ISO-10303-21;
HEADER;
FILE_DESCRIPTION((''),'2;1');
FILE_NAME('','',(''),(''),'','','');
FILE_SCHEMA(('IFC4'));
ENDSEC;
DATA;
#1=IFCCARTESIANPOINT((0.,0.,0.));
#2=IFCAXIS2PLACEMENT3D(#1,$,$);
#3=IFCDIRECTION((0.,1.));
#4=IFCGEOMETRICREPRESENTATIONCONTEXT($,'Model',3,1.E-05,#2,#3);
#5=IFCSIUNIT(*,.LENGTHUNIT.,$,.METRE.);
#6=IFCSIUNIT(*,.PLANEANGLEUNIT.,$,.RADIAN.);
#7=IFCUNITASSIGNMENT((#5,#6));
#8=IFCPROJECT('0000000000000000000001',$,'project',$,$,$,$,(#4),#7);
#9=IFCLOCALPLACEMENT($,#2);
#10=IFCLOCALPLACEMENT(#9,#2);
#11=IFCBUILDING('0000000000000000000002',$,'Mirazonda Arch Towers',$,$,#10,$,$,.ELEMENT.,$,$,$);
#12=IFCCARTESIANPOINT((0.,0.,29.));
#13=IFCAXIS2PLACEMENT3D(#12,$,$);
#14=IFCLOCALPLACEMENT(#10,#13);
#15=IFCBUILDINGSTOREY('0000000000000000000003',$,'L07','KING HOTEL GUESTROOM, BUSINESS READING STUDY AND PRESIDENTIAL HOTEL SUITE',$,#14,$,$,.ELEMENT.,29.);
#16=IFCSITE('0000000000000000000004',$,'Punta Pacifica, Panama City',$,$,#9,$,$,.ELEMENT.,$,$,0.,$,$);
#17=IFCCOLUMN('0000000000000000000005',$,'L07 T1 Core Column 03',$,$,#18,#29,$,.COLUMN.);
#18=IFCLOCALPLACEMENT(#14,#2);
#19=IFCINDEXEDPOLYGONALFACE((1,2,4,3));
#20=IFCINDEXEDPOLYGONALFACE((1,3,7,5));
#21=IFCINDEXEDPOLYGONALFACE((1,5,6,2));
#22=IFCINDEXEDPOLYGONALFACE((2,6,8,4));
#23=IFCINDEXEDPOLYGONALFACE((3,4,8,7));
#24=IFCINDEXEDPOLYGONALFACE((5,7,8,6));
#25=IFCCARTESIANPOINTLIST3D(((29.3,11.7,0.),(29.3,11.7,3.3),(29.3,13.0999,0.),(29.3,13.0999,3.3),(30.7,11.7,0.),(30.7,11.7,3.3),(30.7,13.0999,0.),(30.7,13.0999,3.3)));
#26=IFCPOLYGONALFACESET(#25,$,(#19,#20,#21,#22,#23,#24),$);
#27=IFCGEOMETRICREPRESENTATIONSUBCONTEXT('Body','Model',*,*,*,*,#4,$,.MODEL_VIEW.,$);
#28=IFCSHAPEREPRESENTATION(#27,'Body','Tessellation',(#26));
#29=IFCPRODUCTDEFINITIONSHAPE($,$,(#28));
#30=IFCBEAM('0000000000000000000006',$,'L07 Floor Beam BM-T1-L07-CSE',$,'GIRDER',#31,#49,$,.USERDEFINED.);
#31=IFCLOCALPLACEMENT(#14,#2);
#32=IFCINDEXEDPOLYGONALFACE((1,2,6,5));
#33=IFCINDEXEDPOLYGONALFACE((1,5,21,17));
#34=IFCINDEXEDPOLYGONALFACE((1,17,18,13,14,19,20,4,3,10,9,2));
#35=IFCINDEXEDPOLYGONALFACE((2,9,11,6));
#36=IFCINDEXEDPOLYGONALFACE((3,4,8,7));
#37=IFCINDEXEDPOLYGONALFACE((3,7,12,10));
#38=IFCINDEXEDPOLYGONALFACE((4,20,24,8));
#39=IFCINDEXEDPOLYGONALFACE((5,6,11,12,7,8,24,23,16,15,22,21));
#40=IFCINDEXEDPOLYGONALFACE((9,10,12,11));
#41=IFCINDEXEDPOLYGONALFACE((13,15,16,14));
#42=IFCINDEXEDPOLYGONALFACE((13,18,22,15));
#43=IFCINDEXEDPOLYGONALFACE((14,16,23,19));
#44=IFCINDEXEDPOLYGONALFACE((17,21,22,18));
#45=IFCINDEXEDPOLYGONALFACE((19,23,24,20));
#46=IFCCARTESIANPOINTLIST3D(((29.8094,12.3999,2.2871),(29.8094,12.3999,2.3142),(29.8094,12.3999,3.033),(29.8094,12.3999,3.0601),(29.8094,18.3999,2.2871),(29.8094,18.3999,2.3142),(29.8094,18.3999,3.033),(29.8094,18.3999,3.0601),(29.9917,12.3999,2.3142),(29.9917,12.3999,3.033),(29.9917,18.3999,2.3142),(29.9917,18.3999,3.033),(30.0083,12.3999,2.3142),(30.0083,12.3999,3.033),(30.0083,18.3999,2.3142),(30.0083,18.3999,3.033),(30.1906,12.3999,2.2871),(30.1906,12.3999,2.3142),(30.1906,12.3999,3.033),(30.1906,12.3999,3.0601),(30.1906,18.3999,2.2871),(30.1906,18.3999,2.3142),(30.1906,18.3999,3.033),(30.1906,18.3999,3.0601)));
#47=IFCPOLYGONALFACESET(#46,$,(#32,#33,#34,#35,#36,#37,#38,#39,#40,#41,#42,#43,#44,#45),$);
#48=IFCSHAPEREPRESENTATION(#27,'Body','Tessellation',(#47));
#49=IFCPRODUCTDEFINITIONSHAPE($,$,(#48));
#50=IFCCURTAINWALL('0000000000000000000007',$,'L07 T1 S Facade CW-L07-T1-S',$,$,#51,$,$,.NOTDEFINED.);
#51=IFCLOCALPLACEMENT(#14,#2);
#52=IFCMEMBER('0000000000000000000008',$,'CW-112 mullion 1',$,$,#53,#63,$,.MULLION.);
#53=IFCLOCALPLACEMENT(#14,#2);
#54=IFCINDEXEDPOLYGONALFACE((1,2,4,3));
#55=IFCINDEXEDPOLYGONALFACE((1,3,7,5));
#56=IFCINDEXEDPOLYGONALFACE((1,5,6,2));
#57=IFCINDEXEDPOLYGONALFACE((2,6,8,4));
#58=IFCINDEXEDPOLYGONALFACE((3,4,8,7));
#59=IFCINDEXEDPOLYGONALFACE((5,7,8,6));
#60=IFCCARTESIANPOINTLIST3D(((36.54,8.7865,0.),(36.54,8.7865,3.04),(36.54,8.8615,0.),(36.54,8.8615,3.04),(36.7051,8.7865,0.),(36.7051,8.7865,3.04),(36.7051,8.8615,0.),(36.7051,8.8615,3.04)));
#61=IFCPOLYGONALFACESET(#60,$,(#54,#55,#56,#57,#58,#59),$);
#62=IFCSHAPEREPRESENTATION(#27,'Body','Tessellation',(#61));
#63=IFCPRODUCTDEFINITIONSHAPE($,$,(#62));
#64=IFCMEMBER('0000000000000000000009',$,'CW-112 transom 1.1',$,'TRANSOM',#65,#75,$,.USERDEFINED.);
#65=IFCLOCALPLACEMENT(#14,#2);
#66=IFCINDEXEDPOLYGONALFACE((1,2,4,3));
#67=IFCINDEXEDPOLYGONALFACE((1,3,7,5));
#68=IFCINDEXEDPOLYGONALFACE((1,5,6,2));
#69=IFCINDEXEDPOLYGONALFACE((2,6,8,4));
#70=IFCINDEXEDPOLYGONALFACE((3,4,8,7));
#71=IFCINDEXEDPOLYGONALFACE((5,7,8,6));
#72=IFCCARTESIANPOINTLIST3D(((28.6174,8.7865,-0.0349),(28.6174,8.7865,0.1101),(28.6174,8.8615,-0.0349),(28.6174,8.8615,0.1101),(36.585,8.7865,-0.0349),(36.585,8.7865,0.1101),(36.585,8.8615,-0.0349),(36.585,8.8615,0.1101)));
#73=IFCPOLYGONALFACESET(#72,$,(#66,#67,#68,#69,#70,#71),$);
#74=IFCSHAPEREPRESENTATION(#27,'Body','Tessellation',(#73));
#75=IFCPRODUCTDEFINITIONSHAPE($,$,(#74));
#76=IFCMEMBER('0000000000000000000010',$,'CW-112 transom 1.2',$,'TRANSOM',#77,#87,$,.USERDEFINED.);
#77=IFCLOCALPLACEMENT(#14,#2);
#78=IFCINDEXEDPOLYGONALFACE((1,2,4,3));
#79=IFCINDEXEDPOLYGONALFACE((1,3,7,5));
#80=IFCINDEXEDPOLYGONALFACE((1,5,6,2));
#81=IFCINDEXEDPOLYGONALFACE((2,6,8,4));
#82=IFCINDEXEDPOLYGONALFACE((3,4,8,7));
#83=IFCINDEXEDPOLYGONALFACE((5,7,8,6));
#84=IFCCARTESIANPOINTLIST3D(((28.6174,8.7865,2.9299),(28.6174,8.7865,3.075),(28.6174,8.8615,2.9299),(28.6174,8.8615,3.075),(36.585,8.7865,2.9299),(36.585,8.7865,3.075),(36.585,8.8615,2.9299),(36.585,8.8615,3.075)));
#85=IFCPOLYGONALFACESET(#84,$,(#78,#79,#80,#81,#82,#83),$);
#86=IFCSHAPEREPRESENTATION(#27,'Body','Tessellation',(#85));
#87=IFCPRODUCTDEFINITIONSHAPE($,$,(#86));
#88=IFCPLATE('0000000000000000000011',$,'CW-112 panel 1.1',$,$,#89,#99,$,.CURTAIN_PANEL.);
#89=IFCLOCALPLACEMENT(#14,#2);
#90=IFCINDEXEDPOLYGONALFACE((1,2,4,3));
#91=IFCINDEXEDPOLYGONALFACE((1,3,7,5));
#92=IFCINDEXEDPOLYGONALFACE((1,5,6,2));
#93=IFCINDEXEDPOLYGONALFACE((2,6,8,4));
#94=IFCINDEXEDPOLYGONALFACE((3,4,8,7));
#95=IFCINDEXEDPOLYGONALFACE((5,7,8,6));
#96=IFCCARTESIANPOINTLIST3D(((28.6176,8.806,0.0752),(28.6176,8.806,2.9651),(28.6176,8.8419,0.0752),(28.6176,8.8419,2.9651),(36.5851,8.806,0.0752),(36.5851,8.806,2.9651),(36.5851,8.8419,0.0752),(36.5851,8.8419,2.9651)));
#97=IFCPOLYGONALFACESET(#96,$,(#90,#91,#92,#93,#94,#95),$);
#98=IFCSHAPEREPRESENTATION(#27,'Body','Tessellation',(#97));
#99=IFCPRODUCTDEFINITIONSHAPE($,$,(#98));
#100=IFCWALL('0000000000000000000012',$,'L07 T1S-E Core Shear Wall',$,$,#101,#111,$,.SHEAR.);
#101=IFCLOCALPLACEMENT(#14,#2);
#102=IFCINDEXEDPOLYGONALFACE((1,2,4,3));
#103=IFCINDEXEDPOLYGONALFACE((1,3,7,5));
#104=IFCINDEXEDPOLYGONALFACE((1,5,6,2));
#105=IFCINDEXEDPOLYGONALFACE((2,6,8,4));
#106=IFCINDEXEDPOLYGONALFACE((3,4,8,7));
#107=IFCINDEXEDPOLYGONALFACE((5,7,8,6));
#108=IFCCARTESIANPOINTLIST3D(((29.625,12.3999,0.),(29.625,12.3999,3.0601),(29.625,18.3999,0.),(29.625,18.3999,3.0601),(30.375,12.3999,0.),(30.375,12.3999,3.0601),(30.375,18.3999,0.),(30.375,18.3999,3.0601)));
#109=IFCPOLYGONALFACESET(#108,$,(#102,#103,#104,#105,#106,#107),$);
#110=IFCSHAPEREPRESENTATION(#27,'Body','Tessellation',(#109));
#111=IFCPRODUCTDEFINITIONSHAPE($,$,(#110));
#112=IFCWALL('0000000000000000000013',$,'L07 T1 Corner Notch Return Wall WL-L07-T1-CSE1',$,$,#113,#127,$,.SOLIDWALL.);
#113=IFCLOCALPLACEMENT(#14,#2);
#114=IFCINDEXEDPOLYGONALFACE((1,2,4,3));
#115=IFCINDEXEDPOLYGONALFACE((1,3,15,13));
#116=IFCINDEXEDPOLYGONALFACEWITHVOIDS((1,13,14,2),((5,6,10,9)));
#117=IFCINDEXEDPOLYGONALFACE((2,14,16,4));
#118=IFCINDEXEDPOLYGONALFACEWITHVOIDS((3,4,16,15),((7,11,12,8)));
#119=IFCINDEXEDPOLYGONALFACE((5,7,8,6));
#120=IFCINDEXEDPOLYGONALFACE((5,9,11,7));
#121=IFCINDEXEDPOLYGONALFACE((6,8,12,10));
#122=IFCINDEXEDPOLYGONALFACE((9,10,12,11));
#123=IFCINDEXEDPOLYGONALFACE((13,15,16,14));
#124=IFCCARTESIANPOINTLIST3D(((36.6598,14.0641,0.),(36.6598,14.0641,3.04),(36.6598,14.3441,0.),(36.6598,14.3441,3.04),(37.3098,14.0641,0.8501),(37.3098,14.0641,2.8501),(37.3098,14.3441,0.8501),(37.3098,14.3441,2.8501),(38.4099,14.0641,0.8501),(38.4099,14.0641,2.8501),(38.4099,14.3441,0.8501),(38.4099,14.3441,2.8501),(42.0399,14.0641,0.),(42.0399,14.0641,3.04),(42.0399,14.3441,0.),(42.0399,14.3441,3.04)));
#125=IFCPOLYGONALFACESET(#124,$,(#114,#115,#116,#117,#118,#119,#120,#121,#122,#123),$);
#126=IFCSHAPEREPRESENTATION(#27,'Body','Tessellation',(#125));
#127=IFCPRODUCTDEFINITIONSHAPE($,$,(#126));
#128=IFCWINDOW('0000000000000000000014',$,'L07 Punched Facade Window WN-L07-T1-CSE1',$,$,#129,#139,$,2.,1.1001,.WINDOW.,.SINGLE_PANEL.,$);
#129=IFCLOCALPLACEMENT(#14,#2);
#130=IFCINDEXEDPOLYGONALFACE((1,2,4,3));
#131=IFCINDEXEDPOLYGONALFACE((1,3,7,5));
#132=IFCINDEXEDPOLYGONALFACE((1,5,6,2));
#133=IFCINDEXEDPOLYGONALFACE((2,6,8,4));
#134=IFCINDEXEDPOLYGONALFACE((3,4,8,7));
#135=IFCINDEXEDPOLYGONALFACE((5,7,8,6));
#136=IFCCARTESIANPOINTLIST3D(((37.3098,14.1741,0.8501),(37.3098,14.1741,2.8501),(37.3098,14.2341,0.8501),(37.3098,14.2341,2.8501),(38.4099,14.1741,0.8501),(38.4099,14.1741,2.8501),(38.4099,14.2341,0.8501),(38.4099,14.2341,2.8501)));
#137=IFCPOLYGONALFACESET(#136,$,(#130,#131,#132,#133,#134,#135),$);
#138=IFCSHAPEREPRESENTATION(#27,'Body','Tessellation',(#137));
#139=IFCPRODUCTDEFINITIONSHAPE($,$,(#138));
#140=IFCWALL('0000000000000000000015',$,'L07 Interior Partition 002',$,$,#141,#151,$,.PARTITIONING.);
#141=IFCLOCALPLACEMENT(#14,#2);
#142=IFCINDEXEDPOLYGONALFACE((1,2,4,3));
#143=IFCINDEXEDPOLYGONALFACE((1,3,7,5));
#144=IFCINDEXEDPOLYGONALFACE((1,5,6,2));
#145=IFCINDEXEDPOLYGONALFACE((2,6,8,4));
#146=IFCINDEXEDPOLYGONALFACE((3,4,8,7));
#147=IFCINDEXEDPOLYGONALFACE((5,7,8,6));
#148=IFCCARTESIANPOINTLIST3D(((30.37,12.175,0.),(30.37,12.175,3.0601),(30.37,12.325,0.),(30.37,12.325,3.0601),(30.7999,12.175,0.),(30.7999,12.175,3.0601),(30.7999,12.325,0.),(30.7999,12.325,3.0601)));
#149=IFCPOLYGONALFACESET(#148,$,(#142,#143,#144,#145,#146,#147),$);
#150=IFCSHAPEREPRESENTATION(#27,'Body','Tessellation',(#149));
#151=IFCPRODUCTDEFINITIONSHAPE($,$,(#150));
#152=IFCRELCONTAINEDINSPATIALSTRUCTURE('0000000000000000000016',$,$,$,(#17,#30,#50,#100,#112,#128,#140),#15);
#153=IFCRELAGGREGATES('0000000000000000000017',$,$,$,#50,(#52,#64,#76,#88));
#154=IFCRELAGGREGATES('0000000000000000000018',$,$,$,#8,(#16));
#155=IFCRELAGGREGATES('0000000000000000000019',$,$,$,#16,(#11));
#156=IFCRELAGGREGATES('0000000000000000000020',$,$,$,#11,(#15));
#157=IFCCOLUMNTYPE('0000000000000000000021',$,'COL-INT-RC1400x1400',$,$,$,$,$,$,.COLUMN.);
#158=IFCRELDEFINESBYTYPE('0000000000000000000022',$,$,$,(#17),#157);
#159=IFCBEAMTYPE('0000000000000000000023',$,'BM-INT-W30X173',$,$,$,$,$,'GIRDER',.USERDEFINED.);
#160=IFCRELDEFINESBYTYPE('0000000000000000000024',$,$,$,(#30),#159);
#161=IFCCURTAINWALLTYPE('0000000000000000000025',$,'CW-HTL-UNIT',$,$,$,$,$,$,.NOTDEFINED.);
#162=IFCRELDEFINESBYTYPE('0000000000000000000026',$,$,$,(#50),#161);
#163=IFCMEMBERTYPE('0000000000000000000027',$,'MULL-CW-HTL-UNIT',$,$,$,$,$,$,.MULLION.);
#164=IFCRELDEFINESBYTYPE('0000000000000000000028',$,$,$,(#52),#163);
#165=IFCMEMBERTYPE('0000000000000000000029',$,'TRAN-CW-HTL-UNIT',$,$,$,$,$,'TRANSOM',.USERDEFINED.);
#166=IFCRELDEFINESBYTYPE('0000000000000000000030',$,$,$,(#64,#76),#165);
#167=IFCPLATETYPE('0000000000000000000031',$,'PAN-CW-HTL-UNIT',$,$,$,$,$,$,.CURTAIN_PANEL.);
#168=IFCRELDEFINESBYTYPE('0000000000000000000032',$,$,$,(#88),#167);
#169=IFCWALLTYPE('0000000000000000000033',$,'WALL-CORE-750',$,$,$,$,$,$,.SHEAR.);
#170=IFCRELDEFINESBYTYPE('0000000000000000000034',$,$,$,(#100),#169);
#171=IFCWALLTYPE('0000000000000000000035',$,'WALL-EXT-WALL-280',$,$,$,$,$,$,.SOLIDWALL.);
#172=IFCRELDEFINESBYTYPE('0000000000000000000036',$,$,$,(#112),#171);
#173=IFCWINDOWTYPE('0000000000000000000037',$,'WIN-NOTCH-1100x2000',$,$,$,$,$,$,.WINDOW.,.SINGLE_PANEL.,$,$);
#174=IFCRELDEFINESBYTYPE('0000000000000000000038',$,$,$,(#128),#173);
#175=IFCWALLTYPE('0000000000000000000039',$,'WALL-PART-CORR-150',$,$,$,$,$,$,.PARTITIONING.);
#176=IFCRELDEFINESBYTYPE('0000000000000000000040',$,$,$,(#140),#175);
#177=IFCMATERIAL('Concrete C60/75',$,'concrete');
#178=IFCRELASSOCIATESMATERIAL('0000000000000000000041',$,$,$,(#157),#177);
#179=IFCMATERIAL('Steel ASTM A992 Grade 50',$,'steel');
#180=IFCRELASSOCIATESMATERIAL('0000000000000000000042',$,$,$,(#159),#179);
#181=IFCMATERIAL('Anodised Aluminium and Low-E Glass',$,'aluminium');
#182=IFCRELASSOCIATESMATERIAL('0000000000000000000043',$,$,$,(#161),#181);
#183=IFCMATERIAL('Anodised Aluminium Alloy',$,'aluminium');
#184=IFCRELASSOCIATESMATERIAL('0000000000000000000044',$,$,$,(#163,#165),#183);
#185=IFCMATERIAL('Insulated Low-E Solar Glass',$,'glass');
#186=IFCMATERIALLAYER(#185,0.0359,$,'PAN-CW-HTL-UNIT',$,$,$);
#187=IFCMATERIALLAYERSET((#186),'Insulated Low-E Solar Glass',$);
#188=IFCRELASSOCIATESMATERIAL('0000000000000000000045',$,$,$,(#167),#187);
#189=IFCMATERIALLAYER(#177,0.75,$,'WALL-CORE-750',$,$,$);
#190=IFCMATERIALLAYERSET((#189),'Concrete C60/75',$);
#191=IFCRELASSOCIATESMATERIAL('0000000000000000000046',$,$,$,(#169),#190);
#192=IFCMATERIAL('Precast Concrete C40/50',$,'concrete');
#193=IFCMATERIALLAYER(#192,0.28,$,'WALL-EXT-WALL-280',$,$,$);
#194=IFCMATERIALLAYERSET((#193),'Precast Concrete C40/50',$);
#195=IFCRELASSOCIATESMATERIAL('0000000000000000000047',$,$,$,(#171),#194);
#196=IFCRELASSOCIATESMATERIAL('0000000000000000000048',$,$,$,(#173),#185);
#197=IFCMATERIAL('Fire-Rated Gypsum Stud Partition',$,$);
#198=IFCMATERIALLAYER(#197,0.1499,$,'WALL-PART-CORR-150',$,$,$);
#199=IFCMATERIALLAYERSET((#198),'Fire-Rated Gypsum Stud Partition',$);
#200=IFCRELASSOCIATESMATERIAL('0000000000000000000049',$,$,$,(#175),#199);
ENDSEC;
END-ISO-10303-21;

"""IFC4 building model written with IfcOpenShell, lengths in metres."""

from ifc_helpers import new_model, si_unit, direction, frame, frame_2d, origin, origin_2d, place, context, subcontext, project, spatial, rectangle, i_section, extrude, material, layer, layer_set, material_profile, profile_set, type_object, element, fill, aggregate, save


model = new_model("IFC4")

# Units and contexts
model_context = context("Model", 3, precision=1e-05, world=origin(), true_north=direction((0.0, 1.0)))
body_context = subcontext(model_context, "Body", "Model", "MODEL_VIEW")
ifc_project = project(units=[si_unit("LENGTHUNIT", "METRE"), si_unit("PLANEANGLEUNIT", "RADIAN")], contexts=[model_context])

# Site, building, storey
site_placement = place(None, origin())
site = spatial("IfcSite", under=ifc_project, at=site_placement, Name="Punta Pacifica, Panama City", CompositionType="ELEMENT", RefElevation=0.0)
building_placement = place(site_placement, origin())
building = spatial("IfcBuilding", under=site, at=building_placement, Name="Mirazonda Arch Towers", CompositionType="ELEMENT")
storey_placement = place(building_placement, frame((0.0, 0.0, 29.0)))
storey = spatial("IfcBuildingStorey", under=building, at=storey_placement, Name="L07", Description="KING HOTEL GUESTROOM, BUSINESS READING STUDY AND PRESIDENTIAL HOTEL SUITE", CompositionType="ELEMENT", Elevation=29.0)

# Column
ifc_material_1 = material(Name="Concrete C60/75", Category="concrete")
ifc_material_profile_1 = material_profile(ifc_material_1, rectangle(XDim=1.3999, YDim=1.3999, at=origin_2d()), Name="RC1400x1400")
ifc_profile_set_1 = profile_set([ifc_material_profile_1], Name="Concrete C60/75")
column_type = type_object("IfcColumnType", Name="COL-INT-RC1400x1400", PredefinedType="COLUMN", material=ifc_profile_set_1)
column_placement = place(storey_placement, frame((30.0, 12.3999, 0.0), z_axis=(0.0, 0.0, 1.0), x_axis=(1.0, 0.0, 0.0)))
element("IfcColumn", 1, at=column_placement, inside=storey, type_object=column_type, Name="L07 T1 Core Column 03", PredefinedType="COLUMN", context=body_context, shape_type="SweptSolid", body=[
    extrude(rectangle(XDim=1.3999, YDim=1.3999, at=origin_2d()), origin(), (0.0, 0.0, 1.0), 3.3),
])

# Beam
ifc_material_2 = material(Name="Steel ASTM A992 Grade 50", Category="steel")
ifc_material_profile_2 = material_profile(ifc_material_2, i_section(OverallWidth=0.3811, OverallDepth=0.7729, WebThickness=0.0166, FlangeThickness=0.0271, at=origin_2d()), Name="W30X173")
ifc_profile_set_2 = profile_set([ifc_material_profile_2], Name="Steel ASTM A992 Grade 50")
beam_type = type_object("IfcBeamType", Name="BM-INT-W30X173", ElementType="GIRDER", PredefinedType="USERDEFINED", material=ifc_profile_set_2)
beam_placement = place(storey_placement, frame((30.0, 12.3999, 2.6736), z_axis=(0.0, 1.0, 0.0), x_axis=(-1.0, 0.0, 0.0)))
element("IfcBeam", 2, at=beam_placement, inside=storey, type_object=beam_type, Name="L07 Floor Beam BM-T1-L07-CSE", ObjectType="GIRDER", PredefinedType="USERDEFINED", context=body_context, shape_type="SweptSolid", body=[
    extrude(i_section(OverallWidth=0.3811, OverallDepth=0.7729, WebThickness=0.0166, FlangeThickness=0.0271, at=origin_2d()), origin(), (0.0, 0.0, 1.0), 6.0),
])

# Curtain wall, members, plate
ifc_material_3 = material(Name="Anodised Aluminium and Low-E Glass", Category="aluminium")
curtain_wall_type = type_object("IfcCurtainWallType", Name="CW-HTL-UNIT", PredefinedType="NOTDEFINED", material=ifc_material_3)
curtain_wall_placement = place(storey_placement, origin())
curtain_wall = element("IfcCurtainWall", 3, at=curtain_wall_placement, inside=storey, type_object=curtain_wall_type, Name="L07 T1 S Facade CW-L07-T1-S", PredefinedType="NOTDEFINED")
ifc_material_4 = material(Name="Anodised Aluminium Alloy", Category="aluminium")
ifc_material_profile_3 = material_profile(ifc_material_4, rectangle(XDim=0.075, YDim=0.165, at=origin_2d()), Name="ALU-MULL-75x165")
ifc_profile_set_3 = profile_set([ifc_material_profile_3], Name="Anodised Aluminium Alloy")
member_type_1 = type_object("IfcMemberType", Name="MULL-CW-HTL-UNIT", PredefinedType="MULLION", material=ifc_profile_set_3)
member_1_placement = place(storey_placement, frame((36.6226, 8.824, 0.0), z_axis=(0.0, 0.0, 1.0), x_axis=(0.0, -1.0, 0.0)))
member_1 = element("IfcMember", 4, at=member_1_placement, type_object=member_type_1, Name="CW-112 mullion 1", PredefinedType="MULLION", context=body_context, shape_type="SweptSolid", body=[
    extrude(rectangle(XDim=0.075, YDim=0.165, at=origin_2d()), origin(), (0.0, 0.0, 1.0), 3.04),
])
ifc_material_profile_4 = material_profile(ifc_material_4, rectangle(XDim=0.075, YDim=0.145, at=origin_2d()), Name="ALU-TRAN-75x145")
ifc_profile_set_4 = profile_set([ifc_material_profile_4], Name="Anodised Aluminium Alloy")
member_type_2 = type_object("IfcMemberType", Name="TRAN-CW-HTL-UNIT", ElementType="TRANSOM", PredefinedType="USERDEFINED", material=ifc_profile_set_4)
member_2_placement = place(storey_placement, frame((36.585, 8.824, 0.0376), z_axis=(-1.0, 0.0, 0.0), x_axis=(0.0, -1.0, 0.0)))
member_2 = element("IfcMember", 5, at=member_2_placement, type_object=member_type_2, Name="CW-112 transom 1.1", ObjectType="TRANSOM", PredefinedType="USERDEFINED", context=body_context, shape_type="SweptSolid", body=[
    extrude(rectangle(XDim=0.075, YDim=0.145, at=origin_2d()), origin(), (0.0, 0.0, 1.0), 7.9675),
])
member_3_placement = place(storey_placement, frame((36.585, 8.824, 3.0024), z_axis=(-1.0, 0.0, 0.0), x_axis=(0.0, -1.0, 0.0)))
member_3 = element("IfcMember", 6, at=member_3_placement, type_object=member_type_2, Name="CW-112 transom 1.2", ObjectType="TRANSOM", PredefinedType="USERDEFINED", context=body_context, shape_type="SweptSolid", body=[
    extrude(rectangle(XDim=0.075, YDim=0.145, at=origin_2d()), origin(), (0.0, 0.0, 1.0), 7.9675),
])
ifc_material_5 = material(Name="Insulated Low-E Solar Glass", Category="glass")
ifc_layer_1 = layer(ifc_material_5, 0.0359, Name="PAN-CW-HTL-UNIT")
ifc_layer_set_1 = layer_set([ifc_layer_1], Name="Insulated Low-E Solar Glass")
plate_type = type_object("IfcPlateType", Name="PAN-CW-HTL-UNIT", PredefinedType="CURTAIN_PANEL", material=ifc_layer_set_1)
plate_placement = place(storey_placement, frame((32.6013, 8.824, 0.0752), z_axis=(0.0, 0.0, 1.0), x_axis=(-1.0, 0.0, 0.0)))
plate = element("IfcPlate", 7, at=plate_placement, type_object=plate_type, Name="CW-112 panel 1.1", PredefinedType="CURTAIN_PANEL", context=body_context, shape_type="SweptSolid", body=[
    extrude(rectangle(XDim=7.9675, YDim=0.0359, at=origin_2d()), origin(), (0.0, 0.0, 1.0), 2.8899),
])
aggregate(curtain_wall, [member_1, member_2, member_3, plate])

# Wall
ifc_layer_2 = layer(ifc_material_1, 0.75, Name="WALL-CORE-750")
ifc_layer_set_2 = layer_set([ifc_layer_2], Name="Concrete C60/75")
wall_type_1 = type_object("IfcWallType", Name="WALL-CORE-750", PredefinedType="SHEAR", material=ifc_layer_set_2)
wall_1_placement = place(storey_placement, frame((30.0, 12.3999, 0.0), z_axis=(0.0, 0.0, 1.0), x_axis=(0.0, 1.0, 0.0)))
element("IfcWall", 8, at=wall_1_placement, inside=storey, type_object=wall_type_1, Name="L07 T1S-E Core Shear Wall", PredefinedType="SHEAR", context=body_context, shape_type="SweptSolid", body=[
    extrude(rectangle(XDim=6.0, YDim=0.75, at=frame_2d((3.0, 0.0))), origin(), (0.0, 0.0, 1.0), 3.0601),
])

# Wall, opening, window
ifc_material_6 = material(Name="Precast Concrete C40/50", Category="concrete")
ifc_layer_3 = layer(ifc_material_6, 0.28, Name="WALL-EXT-WALL-280")
ifc_layer_set_3 = layer_set([ifc_layer_3], Name="Precast Concrete C40/50")
wall_type_2 = type_object("IfcWallType", Name="WALL-EXT-WALL-280", PredefinedType="SOLIDWALL", material=ifc_layer_set_3)
wall_2_placement = place(storey_placement, frame((36.6599, 14.2041, 0.0), z_axis=(0.0, 0.0, 1.0), x_axis=(1.0, 0.0, 0.0)))
wall_2 = element("IfcWall", 9, at=wall_2_placement, inside=storey, type_object=wall_type_2, Name="L07 T1 Corner Notch Return Wall WL-L07-T1-CSE1", PredefinedType="SOLIDWALL", context=body_context, shape_type="SweptSolid", body=[
    extrude(rectangle(XDim=5.3801, YDim=0.28, at=frame_2d((2.6899, 0.0))), origin(), (0.0, 0.0, 1.0), 3.04),
])
opening_1_placement = place(wall_2_placement, frame((0.6499, 0.0, 0.8501)))
opening_1 = element("IfcOpeningElement", 10, at=opening_1_placement, cuts=wall_2, PredefinedType="OPENING", context=body_context, shape_type="SweptSolid", body=[
    extrude(rectangle(XDim=1.1001, YDim=2.0, at=frame_2d((0.55, 1.0))), frame((0.0, 0.1499, 0.0), z_axis=(0.0, -1.0, 0.0), x_axis=(1.0, 0.0, 0.0)), (0.0, 0.0, 1.0), 0.3),
])
window_type = type_object("IfcWindowType", Name="WIN-NOTCH-1100x2000", PartitioningType="SINGLE_PANEL", PredefinedType="WINDOW", material=ifc_material_5)
window_placement = place(opening_1_placement, origin())
window = element("IfcWindow", 11, at=window_placement, inside=storey, type_object=window_type, Name="L07 Punched Facade Window WN-L07-T1-CSE1", OverallHeight=2.0, OverallWidth=1.1001, PartitioningType="SINGLE_PANEL", PredefinedType="WINDOW", context=body_context, shape_type="SweptSolid", body=[
    extrude(rectangle(XDim=1.1001, YDim=2.0, at=frame_2d((0.55, 1.0))), frame((0.0, 0.03, 0.0), z_axis=(0.0, -1.0, 0.0), x_axis=(1.0, 0.0, 0.0)), (0.0, 0.0, 1.0), 0.0601),
])
fill(opening_1, window)

# Wall
ifc_material_7 = material(Name="Fire-Rated Gypsum Stud Partition")
ifc_layer_4 = layer(ifc_material_7, 0.1499, Name="WALL-PART-CORR-150")
ifc_layer_set_4 = layer_set([ifc_layer_4], Name="Fire-Rated Gypsum Stud Partition")
wall_type_3 = type_object("IfcWallType", Name="WALL-PART-CORR-150", PredefinedType="PARTITIONING", material=ifc_layer_set_4)
wall_3_placement = place(storey_placement, frame((30.3701, 12.25, 0.0), z_axis=(0.0, 0.0, 1.0), x_axis=(1.0, 0.0, 0.0)))
element("IfcWall", 12, at=wall_3_placement, inside=storey, type_object=wall_type_3, Name="L07 Interior Partition 002", PredefinedType="PARTITIONING", context=body_context, shape_type="SweptSolid", body=[
    extrude(rectangle(XDim=0.4299, YDim=0.1499, at=frame_2d((0.2148, 0.0))), origin(), (0.0, 0.0, 1.0), 3.0601),
])

save(model, "model.ifc")
